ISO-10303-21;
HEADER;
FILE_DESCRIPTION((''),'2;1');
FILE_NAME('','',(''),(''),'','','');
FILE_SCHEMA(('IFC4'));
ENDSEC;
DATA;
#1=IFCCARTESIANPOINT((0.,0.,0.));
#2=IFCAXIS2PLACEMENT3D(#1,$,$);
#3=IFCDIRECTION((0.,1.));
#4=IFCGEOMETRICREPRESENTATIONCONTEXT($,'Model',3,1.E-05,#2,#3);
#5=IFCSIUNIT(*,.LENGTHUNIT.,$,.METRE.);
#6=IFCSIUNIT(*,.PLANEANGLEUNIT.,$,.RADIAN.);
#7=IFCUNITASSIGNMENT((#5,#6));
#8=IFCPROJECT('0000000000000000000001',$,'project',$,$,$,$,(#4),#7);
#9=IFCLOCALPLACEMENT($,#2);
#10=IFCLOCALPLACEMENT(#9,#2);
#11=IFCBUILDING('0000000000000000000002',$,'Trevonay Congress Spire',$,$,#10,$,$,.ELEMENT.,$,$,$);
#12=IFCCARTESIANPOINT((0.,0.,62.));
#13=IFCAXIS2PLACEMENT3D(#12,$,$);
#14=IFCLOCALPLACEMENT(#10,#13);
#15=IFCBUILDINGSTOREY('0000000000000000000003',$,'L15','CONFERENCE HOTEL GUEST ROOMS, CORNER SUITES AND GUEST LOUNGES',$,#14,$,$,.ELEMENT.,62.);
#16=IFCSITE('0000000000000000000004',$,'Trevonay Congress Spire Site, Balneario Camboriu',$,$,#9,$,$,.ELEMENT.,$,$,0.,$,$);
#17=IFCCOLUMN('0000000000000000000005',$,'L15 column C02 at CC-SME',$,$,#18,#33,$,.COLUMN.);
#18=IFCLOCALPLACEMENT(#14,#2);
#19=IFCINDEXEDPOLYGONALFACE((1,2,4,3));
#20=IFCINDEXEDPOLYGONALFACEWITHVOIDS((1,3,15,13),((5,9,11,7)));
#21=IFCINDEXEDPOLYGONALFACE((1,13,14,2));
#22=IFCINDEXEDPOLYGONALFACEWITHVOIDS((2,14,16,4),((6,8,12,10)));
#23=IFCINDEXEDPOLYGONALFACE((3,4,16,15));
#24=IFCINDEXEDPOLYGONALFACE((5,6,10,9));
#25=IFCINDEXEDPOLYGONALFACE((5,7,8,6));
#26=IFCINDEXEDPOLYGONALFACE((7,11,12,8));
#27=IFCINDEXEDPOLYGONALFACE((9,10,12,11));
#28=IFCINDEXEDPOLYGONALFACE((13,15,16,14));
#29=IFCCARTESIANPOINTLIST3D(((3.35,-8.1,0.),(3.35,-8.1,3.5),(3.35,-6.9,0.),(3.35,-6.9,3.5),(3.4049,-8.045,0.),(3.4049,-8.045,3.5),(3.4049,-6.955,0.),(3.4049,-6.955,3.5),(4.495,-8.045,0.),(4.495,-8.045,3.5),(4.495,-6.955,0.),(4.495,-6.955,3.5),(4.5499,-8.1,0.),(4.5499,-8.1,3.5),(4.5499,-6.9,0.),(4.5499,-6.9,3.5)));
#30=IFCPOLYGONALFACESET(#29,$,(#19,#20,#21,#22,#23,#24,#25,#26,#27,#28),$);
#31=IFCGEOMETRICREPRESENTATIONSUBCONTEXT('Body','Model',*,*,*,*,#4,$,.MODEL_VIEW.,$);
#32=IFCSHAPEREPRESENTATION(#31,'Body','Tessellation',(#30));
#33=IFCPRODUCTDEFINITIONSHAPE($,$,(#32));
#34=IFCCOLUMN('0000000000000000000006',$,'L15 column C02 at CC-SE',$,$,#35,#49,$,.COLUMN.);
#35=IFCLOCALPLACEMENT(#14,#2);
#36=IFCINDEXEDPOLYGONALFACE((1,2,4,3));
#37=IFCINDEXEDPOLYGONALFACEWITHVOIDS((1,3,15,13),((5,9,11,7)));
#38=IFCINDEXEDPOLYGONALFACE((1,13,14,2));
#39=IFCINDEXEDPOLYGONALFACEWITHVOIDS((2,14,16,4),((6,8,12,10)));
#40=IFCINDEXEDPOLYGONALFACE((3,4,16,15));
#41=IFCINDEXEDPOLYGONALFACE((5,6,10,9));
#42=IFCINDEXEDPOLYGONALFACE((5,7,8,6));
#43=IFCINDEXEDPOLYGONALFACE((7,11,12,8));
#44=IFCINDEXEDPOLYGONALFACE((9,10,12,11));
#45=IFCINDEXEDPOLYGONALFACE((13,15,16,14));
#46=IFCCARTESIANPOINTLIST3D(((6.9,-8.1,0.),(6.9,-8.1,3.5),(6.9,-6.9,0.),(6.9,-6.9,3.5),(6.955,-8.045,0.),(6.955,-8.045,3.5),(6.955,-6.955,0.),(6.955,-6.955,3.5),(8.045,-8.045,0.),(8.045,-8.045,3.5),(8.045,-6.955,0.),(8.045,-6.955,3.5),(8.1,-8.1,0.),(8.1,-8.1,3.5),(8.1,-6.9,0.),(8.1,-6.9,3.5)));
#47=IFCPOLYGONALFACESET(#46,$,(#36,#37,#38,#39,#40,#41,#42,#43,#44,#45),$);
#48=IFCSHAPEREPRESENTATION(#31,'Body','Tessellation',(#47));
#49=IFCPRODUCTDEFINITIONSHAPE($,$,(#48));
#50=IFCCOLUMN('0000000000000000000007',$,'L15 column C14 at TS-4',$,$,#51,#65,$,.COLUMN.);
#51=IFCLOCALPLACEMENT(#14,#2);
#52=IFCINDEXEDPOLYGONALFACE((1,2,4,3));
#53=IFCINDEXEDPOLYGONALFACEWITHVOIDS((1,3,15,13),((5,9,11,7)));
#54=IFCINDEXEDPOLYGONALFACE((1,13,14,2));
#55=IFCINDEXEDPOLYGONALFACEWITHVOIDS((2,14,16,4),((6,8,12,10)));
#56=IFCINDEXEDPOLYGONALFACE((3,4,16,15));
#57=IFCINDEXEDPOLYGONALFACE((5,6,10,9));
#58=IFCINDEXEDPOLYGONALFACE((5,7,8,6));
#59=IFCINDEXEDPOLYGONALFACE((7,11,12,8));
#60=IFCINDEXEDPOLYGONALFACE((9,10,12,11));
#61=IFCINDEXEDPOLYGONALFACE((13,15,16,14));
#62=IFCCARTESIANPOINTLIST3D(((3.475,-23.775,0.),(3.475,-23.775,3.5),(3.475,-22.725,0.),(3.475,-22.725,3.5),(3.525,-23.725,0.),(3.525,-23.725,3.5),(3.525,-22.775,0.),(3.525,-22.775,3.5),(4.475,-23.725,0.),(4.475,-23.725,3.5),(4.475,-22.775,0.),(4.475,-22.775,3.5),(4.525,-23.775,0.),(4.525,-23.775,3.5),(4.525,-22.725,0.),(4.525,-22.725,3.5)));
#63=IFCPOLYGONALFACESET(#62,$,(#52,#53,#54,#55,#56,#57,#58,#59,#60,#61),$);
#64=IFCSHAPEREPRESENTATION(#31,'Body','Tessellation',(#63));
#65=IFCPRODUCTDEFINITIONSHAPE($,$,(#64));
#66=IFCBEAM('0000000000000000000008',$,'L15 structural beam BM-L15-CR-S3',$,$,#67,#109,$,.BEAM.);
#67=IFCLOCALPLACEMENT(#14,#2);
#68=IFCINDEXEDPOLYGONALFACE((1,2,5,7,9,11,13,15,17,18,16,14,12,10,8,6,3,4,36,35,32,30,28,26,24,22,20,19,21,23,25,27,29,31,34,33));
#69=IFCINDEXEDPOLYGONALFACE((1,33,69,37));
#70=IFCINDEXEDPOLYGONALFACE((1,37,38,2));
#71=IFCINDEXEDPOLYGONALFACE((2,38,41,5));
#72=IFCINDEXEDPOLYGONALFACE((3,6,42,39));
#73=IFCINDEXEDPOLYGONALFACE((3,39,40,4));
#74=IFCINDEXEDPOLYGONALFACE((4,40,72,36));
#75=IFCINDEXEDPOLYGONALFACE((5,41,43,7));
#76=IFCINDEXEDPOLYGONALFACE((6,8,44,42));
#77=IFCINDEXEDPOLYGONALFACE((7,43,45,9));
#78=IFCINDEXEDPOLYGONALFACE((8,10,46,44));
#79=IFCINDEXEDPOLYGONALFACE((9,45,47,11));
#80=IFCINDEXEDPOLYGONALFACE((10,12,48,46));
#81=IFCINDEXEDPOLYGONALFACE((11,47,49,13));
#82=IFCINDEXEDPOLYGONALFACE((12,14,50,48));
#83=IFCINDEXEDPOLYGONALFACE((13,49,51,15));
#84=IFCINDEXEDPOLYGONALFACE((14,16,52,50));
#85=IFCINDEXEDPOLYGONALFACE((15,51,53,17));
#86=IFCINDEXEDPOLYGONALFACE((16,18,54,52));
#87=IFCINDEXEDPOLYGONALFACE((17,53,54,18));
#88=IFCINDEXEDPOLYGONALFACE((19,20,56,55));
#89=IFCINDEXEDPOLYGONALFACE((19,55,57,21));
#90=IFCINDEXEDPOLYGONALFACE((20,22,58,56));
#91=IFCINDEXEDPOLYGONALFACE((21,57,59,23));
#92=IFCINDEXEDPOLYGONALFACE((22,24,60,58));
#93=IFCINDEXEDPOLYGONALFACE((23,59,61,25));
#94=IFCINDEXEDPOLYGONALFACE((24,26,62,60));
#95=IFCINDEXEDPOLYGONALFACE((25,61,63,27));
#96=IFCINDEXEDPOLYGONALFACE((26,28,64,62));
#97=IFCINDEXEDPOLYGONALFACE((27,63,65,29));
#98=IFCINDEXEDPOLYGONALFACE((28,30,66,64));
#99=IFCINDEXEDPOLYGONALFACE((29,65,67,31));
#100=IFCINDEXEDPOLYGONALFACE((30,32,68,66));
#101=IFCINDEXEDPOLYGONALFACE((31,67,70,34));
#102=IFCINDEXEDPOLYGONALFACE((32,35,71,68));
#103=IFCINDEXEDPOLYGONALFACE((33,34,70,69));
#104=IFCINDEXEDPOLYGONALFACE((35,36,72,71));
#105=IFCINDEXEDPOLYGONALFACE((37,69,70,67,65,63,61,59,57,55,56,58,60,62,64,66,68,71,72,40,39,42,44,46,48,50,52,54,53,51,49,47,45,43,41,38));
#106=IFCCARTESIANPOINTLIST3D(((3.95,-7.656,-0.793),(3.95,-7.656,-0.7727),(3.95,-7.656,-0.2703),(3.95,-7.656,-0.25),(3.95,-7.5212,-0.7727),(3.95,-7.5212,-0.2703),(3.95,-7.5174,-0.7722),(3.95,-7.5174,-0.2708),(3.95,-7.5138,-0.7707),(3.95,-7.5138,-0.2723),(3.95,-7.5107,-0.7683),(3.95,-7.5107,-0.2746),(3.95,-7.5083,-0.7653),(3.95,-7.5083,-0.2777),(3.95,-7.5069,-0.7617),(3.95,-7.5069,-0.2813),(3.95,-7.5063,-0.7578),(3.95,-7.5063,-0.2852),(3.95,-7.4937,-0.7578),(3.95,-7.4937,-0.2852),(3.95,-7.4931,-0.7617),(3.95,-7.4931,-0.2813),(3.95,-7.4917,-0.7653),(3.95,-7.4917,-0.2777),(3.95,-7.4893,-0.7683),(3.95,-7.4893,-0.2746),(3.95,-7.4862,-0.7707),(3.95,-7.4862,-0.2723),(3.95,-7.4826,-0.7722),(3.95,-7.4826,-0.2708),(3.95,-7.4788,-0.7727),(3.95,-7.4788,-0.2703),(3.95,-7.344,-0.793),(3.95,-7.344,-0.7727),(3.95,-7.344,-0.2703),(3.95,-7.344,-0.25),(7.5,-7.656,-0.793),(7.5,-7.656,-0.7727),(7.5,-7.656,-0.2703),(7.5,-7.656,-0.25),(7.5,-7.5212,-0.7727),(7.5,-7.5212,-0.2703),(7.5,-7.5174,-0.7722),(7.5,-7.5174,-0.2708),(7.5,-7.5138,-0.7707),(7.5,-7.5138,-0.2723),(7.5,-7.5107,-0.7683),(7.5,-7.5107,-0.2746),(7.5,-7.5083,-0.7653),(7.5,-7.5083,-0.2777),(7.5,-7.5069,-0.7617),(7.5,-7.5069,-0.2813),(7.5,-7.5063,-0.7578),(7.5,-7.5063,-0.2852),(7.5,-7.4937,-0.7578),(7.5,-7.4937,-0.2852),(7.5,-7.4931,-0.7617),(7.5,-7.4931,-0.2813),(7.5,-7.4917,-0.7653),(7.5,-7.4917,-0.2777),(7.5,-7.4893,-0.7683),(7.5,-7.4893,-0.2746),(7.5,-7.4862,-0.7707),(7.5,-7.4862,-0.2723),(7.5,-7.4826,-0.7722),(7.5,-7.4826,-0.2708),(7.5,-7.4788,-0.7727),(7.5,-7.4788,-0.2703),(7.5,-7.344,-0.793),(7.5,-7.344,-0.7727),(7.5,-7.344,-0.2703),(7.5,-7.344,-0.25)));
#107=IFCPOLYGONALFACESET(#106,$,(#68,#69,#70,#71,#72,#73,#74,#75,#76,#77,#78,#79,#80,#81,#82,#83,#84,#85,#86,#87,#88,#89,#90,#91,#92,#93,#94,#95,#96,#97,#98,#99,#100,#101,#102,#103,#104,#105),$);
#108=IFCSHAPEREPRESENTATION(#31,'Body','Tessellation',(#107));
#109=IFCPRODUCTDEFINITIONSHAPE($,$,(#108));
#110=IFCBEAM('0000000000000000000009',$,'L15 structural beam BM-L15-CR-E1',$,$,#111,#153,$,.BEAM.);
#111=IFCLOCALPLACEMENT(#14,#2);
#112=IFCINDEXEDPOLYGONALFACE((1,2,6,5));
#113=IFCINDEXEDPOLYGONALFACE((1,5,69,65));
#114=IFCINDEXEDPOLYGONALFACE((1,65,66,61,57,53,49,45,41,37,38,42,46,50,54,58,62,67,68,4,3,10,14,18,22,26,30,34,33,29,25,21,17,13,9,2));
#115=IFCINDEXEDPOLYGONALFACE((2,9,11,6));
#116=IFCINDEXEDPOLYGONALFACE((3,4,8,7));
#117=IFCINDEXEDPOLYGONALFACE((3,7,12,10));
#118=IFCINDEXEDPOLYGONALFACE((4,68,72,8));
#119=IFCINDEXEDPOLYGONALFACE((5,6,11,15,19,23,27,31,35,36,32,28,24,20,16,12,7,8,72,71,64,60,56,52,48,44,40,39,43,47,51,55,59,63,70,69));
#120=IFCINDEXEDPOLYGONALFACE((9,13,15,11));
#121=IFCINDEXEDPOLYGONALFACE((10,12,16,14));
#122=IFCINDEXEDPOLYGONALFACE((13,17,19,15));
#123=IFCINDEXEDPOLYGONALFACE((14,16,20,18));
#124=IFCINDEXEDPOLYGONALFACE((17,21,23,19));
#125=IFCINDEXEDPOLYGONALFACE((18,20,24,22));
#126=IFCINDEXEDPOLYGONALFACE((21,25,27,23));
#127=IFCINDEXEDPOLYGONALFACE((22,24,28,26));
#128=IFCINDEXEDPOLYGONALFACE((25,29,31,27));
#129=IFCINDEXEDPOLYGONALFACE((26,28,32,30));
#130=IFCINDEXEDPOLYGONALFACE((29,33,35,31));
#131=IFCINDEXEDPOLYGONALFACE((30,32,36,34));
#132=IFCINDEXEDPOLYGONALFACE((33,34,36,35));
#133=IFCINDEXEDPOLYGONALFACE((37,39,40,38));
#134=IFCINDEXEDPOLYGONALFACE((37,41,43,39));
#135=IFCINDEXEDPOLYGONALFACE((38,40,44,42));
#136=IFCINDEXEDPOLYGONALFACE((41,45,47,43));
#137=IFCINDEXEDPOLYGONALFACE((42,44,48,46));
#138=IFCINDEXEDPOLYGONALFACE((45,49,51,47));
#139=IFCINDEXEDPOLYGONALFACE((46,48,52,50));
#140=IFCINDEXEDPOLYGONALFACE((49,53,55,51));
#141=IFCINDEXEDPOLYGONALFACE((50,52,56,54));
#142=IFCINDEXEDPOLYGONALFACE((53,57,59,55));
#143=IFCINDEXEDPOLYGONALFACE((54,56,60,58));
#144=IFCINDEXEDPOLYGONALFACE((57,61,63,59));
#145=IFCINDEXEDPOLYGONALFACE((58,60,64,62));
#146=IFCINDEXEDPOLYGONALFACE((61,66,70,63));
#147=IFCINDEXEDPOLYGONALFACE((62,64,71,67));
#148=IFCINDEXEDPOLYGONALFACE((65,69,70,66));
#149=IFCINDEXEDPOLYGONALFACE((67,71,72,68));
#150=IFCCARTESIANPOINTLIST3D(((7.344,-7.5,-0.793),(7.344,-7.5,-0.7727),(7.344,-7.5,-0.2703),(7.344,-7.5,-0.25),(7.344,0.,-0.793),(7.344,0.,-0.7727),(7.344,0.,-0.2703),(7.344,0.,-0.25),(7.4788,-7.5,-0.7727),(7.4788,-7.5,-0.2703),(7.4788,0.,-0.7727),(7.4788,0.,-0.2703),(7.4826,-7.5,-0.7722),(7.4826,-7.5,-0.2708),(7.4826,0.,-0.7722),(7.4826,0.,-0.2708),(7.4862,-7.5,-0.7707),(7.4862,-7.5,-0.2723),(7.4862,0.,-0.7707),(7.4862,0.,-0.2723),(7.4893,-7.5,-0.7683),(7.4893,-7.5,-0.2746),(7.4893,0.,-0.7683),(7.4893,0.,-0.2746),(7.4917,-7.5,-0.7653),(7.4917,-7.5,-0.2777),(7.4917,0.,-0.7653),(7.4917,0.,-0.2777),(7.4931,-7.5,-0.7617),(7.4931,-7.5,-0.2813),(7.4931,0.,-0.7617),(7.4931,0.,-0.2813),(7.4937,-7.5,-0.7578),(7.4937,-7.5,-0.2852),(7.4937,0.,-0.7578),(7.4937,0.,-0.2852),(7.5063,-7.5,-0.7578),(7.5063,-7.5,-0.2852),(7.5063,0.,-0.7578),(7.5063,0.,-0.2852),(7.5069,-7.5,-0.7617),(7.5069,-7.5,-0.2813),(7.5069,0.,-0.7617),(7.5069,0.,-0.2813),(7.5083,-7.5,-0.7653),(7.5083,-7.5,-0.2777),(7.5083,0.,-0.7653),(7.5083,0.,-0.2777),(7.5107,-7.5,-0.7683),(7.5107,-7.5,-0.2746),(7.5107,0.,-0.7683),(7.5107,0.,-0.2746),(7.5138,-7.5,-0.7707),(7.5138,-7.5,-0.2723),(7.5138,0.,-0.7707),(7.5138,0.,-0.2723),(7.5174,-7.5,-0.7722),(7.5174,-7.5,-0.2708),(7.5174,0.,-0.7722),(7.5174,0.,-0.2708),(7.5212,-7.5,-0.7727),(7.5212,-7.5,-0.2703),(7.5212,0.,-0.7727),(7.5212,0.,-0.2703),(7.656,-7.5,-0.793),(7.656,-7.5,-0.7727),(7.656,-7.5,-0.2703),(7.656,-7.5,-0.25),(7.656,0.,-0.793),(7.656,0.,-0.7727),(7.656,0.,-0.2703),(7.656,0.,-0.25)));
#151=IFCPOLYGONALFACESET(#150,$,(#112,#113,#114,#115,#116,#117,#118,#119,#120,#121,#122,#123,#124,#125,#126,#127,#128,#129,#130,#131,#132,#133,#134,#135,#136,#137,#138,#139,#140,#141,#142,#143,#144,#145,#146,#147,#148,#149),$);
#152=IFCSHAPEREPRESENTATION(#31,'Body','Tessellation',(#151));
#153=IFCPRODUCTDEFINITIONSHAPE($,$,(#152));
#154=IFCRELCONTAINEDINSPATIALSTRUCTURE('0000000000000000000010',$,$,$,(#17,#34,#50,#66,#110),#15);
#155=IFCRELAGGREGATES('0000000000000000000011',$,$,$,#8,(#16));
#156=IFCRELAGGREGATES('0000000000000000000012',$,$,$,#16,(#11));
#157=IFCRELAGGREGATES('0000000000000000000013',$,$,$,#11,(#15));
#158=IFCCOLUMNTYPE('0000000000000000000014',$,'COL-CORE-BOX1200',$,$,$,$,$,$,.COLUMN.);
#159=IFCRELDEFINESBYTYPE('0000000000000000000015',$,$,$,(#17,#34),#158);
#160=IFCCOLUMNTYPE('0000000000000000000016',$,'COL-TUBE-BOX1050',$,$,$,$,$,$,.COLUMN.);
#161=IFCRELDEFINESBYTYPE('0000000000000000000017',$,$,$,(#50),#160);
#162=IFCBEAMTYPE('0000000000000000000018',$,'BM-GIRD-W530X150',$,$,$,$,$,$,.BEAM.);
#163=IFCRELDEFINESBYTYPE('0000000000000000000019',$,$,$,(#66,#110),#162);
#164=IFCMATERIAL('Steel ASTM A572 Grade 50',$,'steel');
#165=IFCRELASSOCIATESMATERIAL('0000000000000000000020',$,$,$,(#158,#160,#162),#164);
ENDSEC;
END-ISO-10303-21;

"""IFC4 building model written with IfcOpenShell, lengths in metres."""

from ifc_helpers import new_model, si_unit, direction, frame, origin, origin_2d, place, context, subcontext, project, spatial, hollow_rectangle, i_section, extrude, material, material_profile, profile_set, type_object, element, save


model = new_model("IFC4")

# Units and contexts
model_context = context("Model", 3, precision=1e-05, world=origin(), true_north=direction((0.0, 1.0)))
body_context = subcontext(model_context, "Body", "Model", "MODEL_VIEW")
ifc_project = project(units=[si_unit("LENGTHUNIT", "METRE"), si_unit("PLANEANGLEUNIT", "RADIAN")], contexts=[model_context])

# Site, building, storey
site_placement = place(None, origin())
site = spatial("IfcSite", under=ifc_project, at=site_placement, Name="Trevonay Congress Spire Site, Balneario Camboriu", CompositionType="ELEMENT", RefElevation=0.0)
building_placement = place(site_placement, origin())
building = spatial("IfcBuilding", under=site, at=building_placement, Name="Trevonay Congress Spire", CompositionType="ELEMENT")
storey_placement = place(building_placement, frame((0.0, 0.0, 62.0)))
storey = spatial("IfcBuildingStorey", under=building, at=storey_placement, Name="L15", Description="CONFERENCE HOTEL GUEST ROOMS, CORNER SUITES AND GUEST LOUNGES", CompositionType="ELEMENT", Elevation=62.0)

# Columns
ifc_material_1 = material(Name="Steel ASTM A572 Grade 50", Category="steel")
ifc_material_profile_1 = material_profile(ifc_material_1, hollow_rectangle(XDim=1.2, YDim=1.2, WallThickness=0.0549, at=origin_2d()), Name="BOX 1200x1200x55")
ifc_profile_set_1 = profile_set([ifc_material_profile_1], Name="Steel ASTM A572 Grade 50")
column_type_1 = type_object("IfcColumnType", Name="COL-CORE-BOX1200", PredefinedType="COLUMN", material=ifc_profile_set_1)
for number, where, z_axis, x_axis, name in (
    (1, (3.95, -7.5, 0.0), (0.0, 0.0, 1.0), (1.0, 0.0, 0.0), "L15 column C02 at CC-SME"),
    (2, (7.5, -7.5, 0.0), (0.0, 0.0, 1.0), (1.0, 0.0, 0.0), "L15 column C02 at CC-SE"),
):
    element("IfcColumn", number, at=place(storey_placement, frame(where, z_axis=z_axis, x_axis=x_axis)), inside=storey, type_object=column_type_1, Name=name, PredefinedType="COLUMN", context=body_context, shape_type="SweptSolid", body=[
        extrude(hollow_rectangle(XDim=1.2, YDim=1.2, WallThickness=0.0549, at=origin_2d()), origin(), (0.0, 0.0, 1.0), 3.5),
    ])
ifc_material_profile_2 = material_profile(ifc_material_1, hollow_rectangle(XDim=1.05, YDim=1.05, WallThickness=0.05, at=origin_2d()), Name="BOX 1050x1050x50")
ifc_profile_set_2 = profile_set([ifc_material_profile_2], Name="Steel ASTM A572 Grade 50")
column_type_2 = type_object("IfcColumnType", Name="COL-TUBE-BOX1050", PredefinedType="COLUMN", material=ifc_profile_set_2)
column_placement = place(storey_placement, frame((4.0, -23.25, 0.0), z_axis=(0.0, 0.0, 1.0), x_axis=(1.0, 0.0, 0.0)))
element("IfcColumn", 3, at=column_placement, inside=storey, type_object=column_type_2, Name="L15 column C14 at TS-4", PredefinedType="COLUMN", context=body_context, shape_type="SweptSolid", body=[
    extrude(hollow_rectangle(XDim=1.05, YDim=1.05, WallThickness=0.05, at=origin_2d()), origin(), (0.0, 0.0, 1.0), 3.5),
])

# Beams
ifc_material_profile_3 = material_profile(ifc_material_1, i_section(OverallWidth=0.312, OverallDepth=0.543, WebThickness=0.0127, FlangeThickness=0.0203, FilletRadius=0.0149, at=origin_2d()), Name="W530x150")
ifc_profile_set_3 = profile_set([ifc_material_profile_3], Name="Steel ASTM A572 Grade 50")
beam_type_1 = type_object("IfcBeamType", Name="BM-GIRD-W530X150", PredefinedType="BEAM", material=ifc_profile_set_3)
beam_1_placement = place(storey_placement, frame((3.95, -7.5, -0.5215), z_axis=(1.0, 0.0, 0.0), x_axis=(0.0, 1.0, 0.0)))
element("IfcBeam", 4, at=beam_1_placement, inside=storey, type_object=beam_type_1, Name="L15 structural beam BM-L15-CR-S3", PredefinedType="BEAM", context=body_context, shape_type="SweptSolid", body=[
    extrude(i_section(OverallWidth=0.312, OverallDepth=0.543, WebThickness=0.0127, FlangeThickness=0.0203, FilletRadius=0.0149, at=origin_2d()), origin(), (0.0, 0.0, 1.0), 3.55),
])
beam_2_placement = place(storey_placement, frame((7.5, -7.5, -0.5215), z_axis=(0.0, 1.0, 0.0), x_axis=(-1.0, 0.0, 0.0)))
element("IfcBeam", 5, at=beam_2_placement, inside=storey, type_object=beam_type_1, Name="L15 structural beam BM-L15-CR-E1", PredefinedType="BEAM", context=body_context, shape_type="SweptSolid", body=[
    extrude(i_section(OverallWidth=0.312, OverallDepth=0.543, WebThickness=0.0127, FlangeThickness=0.0203, FilletRadius=0.0149, at=origin_2d()), origin(), (0.0, 0.0, 1.0), 7.5),
])

save(model, "model.ifc")
